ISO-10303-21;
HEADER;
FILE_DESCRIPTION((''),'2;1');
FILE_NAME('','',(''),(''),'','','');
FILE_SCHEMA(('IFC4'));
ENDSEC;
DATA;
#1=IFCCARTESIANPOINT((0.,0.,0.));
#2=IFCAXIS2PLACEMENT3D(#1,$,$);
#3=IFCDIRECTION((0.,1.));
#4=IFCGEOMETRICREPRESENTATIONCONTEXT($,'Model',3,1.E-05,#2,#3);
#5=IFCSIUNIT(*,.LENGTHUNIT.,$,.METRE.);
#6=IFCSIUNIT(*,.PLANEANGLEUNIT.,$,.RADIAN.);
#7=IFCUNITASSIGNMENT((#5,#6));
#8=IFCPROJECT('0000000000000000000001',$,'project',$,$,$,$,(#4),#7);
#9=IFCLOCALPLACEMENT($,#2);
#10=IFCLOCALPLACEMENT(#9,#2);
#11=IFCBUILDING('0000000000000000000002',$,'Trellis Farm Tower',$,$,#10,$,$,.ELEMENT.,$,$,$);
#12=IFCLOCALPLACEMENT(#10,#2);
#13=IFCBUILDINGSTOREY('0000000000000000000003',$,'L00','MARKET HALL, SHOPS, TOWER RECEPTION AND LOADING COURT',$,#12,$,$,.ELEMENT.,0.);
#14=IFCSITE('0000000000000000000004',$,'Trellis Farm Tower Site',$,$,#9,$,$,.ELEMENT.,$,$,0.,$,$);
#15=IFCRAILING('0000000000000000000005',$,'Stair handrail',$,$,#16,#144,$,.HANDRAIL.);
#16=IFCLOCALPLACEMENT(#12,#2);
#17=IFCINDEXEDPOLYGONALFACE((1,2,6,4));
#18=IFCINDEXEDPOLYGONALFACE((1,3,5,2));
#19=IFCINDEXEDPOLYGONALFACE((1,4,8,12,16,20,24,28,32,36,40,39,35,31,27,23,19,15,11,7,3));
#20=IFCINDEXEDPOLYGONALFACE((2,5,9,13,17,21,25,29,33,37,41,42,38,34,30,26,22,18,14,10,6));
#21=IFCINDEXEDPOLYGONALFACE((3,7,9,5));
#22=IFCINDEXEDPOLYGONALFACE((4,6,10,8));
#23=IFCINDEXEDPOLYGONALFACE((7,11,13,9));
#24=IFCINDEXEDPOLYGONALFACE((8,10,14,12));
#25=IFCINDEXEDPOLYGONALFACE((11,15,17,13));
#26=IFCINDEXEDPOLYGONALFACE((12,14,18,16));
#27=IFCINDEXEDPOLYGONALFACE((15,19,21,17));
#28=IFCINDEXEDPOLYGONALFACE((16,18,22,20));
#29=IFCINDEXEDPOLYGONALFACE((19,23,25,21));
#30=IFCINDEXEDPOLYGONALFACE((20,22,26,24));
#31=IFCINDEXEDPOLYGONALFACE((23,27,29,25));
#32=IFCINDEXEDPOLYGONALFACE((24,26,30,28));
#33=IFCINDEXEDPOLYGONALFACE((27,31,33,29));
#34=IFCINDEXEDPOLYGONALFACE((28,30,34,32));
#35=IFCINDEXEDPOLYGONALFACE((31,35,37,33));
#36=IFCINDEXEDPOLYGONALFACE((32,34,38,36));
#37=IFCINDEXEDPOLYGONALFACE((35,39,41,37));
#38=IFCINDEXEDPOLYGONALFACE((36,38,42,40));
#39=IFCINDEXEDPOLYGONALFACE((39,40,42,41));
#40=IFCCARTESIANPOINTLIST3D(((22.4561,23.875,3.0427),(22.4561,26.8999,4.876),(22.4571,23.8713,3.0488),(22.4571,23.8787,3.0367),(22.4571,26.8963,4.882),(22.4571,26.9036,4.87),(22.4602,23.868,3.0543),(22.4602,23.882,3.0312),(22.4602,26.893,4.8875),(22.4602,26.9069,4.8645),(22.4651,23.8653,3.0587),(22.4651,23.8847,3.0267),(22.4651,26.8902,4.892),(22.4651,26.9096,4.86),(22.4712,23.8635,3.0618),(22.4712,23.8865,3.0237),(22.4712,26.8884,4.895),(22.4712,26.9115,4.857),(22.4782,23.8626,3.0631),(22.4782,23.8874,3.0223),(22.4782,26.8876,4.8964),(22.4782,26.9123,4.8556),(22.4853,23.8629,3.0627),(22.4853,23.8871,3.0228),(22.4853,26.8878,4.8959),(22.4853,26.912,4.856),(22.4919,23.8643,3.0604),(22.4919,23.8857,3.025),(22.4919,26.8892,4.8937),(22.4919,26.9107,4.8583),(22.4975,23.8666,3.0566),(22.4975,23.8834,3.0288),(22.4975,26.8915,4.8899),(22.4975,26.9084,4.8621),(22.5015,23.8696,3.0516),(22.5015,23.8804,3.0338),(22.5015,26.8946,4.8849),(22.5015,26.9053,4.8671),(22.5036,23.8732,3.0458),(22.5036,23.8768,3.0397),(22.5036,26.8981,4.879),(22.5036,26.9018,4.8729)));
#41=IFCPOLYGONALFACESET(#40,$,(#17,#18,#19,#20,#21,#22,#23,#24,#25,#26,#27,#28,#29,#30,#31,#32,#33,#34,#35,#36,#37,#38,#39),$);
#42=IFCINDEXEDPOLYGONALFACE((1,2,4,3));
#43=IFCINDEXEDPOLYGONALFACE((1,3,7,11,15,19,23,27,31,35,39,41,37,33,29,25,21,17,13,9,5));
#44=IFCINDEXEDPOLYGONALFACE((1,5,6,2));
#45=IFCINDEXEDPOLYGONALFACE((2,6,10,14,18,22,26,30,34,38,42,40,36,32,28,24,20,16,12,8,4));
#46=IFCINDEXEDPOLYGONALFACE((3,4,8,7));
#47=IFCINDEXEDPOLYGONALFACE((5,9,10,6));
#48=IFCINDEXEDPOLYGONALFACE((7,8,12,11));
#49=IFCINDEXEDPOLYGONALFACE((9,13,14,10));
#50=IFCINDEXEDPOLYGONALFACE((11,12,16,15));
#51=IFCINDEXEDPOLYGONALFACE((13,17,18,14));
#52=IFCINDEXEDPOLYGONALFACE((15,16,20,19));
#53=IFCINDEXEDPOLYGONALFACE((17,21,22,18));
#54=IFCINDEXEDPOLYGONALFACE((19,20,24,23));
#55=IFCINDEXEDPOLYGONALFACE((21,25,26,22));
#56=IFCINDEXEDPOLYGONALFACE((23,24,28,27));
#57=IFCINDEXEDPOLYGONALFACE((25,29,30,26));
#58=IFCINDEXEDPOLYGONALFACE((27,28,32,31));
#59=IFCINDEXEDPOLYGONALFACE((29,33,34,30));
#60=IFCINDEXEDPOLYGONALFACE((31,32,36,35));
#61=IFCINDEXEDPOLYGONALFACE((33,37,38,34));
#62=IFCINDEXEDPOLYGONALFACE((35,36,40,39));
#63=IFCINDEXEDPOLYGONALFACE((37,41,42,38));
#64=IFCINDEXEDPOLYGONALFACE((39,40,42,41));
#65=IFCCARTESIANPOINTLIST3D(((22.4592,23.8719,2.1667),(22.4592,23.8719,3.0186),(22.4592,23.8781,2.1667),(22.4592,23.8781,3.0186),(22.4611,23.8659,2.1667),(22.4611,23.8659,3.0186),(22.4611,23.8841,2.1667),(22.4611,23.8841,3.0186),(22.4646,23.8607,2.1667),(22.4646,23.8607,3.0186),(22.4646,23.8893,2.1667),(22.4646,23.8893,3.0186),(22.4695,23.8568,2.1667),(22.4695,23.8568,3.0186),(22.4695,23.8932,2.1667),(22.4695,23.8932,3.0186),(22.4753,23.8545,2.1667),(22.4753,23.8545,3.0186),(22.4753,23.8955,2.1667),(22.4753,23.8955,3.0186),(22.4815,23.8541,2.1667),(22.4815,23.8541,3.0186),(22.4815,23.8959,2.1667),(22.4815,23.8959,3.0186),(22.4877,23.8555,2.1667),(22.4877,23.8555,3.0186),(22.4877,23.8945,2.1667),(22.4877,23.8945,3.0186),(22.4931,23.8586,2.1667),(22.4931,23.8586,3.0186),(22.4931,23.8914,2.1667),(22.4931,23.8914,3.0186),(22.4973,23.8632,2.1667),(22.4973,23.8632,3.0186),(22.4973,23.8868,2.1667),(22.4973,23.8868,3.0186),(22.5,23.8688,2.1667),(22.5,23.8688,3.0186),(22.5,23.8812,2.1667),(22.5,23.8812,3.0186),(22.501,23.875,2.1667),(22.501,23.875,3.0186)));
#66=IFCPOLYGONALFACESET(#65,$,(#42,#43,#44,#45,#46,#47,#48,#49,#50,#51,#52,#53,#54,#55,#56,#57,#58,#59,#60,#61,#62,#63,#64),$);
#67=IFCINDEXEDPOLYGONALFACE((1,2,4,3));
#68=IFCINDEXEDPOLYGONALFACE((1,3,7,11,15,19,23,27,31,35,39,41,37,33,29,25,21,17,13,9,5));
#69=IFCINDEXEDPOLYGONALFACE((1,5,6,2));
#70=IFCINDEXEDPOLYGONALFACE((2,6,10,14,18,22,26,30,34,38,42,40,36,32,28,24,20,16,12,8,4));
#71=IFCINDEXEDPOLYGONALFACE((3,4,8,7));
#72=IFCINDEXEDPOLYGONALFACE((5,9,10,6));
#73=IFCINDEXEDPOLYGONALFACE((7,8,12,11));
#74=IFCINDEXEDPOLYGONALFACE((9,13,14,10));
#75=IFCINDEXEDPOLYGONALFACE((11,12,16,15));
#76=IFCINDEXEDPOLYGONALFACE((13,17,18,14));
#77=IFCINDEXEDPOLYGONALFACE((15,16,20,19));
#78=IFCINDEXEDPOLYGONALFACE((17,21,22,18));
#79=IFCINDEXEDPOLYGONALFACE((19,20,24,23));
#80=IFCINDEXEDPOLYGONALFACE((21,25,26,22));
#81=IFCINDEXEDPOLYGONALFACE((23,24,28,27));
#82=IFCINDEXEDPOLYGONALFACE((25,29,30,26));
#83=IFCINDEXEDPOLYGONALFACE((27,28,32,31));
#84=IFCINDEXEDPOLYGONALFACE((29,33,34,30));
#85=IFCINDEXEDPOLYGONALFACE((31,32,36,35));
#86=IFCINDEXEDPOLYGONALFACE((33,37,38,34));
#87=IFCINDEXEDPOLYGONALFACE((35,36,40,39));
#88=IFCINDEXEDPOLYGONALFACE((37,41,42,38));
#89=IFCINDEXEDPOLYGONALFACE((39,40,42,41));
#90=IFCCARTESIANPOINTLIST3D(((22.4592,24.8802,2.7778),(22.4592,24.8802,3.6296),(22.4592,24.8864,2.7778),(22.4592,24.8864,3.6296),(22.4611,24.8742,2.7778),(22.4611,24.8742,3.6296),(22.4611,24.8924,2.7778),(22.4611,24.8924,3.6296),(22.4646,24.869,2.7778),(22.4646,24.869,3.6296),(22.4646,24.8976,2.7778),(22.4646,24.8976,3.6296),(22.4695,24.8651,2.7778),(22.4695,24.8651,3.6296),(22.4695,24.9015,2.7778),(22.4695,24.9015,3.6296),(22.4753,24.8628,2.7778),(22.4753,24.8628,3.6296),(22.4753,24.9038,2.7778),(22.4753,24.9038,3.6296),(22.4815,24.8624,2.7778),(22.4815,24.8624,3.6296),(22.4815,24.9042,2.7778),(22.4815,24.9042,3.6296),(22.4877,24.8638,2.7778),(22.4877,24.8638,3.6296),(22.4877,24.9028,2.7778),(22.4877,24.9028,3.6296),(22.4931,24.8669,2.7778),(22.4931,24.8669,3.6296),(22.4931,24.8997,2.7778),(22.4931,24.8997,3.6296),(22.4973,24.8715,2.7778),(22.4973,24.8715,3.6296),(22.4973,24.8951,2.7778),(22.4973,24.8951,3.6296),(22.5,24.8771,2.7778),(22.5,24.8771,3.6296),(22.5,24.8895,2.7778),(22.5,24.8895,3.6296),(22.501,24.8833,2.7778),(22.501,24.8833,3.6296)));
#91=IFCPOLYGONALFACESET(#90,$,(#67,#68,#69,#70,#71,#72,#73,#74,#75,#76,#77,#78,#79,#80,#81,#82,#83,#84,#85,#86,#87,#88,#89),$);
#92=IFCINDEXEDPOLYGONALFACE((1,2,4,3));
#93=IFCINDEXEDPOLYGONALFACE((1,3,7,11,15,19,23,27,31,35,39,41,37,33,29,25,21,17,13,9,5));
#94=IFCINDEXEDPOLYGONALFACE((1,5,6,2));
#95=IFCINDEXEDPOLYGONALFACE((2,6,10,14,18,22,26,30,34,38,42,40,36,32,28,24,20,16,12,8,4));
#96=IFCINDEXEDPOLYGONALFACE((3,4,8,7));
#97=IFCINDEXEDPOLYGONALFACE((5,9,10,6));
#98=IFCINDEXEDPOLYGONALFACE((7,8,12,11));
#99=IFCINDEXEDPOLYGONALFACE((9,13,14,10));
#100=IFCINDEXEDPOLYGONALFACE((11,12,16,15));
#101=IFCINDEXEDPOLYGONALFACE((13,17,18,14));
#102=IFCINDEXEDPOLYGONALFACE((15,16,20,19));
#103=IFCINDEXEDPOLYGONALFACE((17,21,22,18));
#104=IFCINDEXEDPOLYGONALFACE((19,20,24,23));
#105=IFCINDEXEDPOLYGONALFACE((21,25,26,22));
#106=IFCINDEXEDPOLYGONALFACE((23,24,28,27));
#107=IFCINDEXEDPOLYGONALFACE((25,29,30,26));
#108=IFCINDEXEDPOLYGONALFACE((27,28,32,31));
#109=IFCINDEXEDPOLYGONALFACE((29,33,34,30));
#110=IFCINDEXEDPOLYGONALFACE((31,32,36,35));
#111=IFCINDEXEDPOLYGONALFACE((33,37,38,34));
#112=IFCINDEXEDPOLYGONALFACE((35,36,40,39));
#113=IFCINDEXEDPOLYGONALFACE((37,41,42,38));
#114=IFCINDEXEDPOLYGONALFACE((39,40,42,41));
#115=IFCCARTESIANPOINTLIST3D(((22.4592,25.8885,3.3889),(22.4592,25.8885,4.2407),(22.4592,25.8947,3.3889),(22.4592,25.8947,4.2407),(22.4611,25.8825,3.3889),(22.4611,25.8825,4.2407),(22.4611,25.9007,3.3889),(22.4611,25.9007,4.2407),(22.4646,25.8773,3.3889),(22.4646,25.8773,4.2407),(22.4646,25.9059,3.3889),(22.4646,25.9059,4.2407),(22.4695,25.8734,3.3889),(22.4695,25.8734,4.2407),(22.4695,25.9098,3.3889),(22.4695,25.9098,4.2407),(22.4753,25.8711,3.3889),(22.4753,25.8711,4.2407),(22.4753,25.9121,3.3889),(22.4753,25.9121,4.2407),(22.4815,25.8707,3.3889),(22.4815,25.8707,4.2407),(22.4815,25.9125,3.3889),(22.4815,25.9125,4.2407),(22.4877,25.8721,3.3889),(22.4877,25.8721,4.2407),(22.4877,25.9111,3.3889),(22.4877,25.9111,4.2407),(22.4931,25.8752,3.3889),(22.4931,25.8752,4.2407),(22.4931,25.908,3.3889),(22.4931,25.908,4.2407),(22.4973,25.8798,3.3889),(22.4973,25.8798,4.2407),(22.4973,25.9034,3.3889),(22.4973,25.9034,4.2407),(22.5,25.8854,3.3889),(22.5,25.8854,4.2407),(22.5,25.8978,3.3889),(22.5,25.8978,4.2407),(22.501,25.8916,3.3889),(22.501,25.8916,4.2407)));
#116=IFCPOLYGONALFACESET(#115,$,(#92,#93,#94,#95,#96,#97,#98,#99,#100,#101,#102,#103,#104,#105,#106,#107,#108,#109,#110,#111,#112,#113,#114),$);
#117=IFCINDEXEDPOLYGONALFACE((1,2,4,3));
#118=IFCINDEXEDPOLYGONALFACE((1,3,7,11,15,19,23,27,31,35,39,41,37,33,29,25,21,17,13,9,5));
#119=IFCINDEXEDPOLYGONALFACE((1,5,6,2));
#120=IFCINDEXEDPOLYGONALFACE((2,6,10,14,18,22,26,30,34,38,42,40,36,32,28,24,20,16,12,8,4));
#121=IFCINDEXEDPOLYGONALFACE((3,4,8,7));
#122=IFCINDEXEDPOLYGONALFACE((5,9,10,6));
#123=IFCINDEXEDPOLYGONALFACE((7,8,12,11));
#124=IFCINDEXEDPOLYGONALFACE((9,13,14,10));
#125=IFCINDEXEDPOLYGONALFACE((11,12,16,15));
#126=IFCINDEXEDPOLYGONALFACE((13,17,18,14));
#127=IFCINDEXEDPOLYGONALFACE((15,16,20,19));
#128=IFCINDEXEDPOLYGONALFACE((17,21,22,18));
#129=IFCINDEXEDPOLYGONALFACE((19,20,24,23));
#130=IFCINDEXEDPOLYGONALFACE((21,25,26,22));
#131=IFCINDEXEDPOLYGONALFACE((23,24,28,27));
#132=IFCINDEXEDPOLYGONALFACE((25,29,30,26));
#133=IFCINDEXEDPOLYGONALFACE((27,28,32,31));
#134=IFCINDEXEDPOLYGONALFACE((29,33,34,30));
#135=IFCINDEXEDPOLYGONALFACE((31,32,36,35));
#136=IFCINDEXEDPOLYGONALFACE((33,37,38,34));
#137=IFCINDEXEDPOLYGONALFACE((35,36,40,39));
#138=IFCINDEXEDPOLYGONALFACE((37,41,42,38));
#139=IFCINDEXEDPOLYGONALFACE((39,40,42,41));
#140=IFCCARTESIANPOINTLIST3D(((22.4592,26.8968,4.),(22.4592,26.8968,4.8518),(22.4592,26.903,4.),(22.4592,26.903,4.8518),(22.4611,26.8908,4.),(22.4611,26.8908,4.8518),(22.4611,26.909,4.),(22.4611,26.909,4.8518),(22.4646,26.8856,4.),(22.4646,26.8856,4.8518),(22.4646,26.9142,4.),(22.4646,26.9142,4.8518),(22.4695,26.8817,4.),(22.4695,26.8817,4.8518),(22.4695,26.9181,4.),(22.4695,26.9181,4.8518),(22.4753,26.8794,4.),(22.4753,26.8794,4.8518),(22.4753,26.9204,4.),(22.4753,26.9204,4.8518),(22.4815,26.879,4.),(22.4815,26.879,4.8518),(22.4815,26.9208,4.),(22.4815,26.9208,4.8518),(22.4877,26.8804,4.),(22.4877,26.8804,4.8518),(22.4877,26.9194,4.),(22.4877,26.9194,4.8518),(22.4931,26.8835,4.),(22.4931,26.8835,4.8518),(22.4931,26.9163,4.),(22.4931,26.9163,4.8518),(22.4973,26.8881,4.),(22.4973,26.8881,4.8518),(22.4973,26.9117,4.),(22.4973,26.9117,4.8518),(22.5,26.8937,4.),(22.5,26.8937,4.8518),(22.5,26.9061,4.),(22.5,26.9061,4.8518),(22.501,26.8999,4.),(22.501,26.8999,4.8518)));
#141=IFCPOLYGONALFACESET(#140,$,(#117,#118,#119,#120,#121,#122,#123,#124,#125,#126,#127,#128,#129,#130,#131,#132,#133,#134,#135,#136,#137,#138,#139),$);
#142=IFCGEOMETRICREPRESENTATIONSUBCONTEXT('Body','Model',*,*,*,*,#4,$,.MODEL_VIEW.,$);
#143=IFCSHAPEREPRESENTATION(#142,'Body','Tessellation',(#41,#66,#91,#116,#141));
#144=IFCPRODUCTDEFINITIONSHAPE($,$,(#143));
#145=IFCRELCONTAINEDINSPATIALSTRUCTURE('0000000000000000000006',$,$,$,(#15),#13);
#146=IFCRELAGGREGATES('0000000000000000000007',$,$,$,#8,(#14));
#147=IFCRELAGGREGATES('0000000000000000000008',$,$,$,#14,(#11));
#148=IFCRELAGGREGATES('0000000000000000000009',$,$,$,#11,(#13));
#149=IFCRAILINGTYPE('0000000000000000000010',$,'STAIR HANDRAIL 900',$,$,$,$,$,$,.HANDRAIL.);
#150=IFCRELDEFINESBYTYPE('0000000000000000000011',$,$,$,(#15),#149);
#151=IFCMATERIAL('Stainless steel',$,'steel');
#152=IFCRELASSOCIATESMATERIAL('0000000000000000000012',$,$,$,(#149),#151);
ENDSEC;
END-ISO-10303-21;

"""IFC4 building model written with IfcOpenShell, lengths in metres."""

from ifc_helpers import new_model, si_unit, direction, frame, origin, origin_2d, place, context, subcontext, project, spatial, circle, extrude, source, transform, mapped, material, type_object, element, save


model = new_model("IFC4")

# Units and contexts
model_context = context("Model", 3, precision=1e-05, world=origin(), true_north=direction((0.0, 1.0)))
body_context = subcontext(model_context, "Body", "Model", "MODEL_VIEW")
ifc_project = project(units=[si_unit("LENGTHUNIT", "METRE"), si_unit("PLANEANGLEUNIT", "RADIAN")], contexts=[model_context])

# Site, building, storey
site_placement = place(None, origin())
site = spatial("IfcSite", under=ifc_project, at=site_placement, Name="Trellis Farm Tower Site", CompositionType="ELEMENT", RefElevation=0.0)
building_placement = place(site_placement, origin())
building = spatial("IfcBuilding", under=site, at=building_placement, Name="Trellis Farm Tower", CompositionType="ELEMENT")
storey_placement = place(building_placement, origin())
storey = spatial("IfcBuildingStorey", under=building, at=storey_placement, Name="L00", Description="MARKET HALL, SHOPS, TOWER RECEPTION AND LOADING COURT", CompositionType="ELEMENT", Elevation=0.0)

# Railing
ifc_material_1 = material(Name="Stainless steel", Category="steel")
railing_type = type_object("IfcRailingType", Name="STAIR HANDRAIL 900", PredefinedType="HANDRAIL", material=ifc_material_1)
shared_shape_1 = source(origin(), body_context, "Body", "SweptSolid", [
    extrude(circle(Radius=0.0239, at=origin_2d()), frame((0.0, 0.0, 0.876), z_axis=(0.0, 0.855201, 0.518297), x_axis=(-1.0, 0.0, 0.0)), (0.0, 0.0, 1.0), 3.5371),
    extrude(circle(Radius=0.021, at=origin_2d()), origin(), (0.0, 0.0, 1.0), 0.8518),
    extrude(circle(Radius=0.021, at=origin_2d()), frame((0.0, 1.0083, 0.6111)), (0.0, 0.0, 1.0), 0.8518),
    extrude(circle(Radius=0.021, at=origin_2d()), frame((0.0, 2.0166, 1.2222)), (0.0, 0.0, 1.0), 0.8518),
    extrude(circle(Radius=0.021, at=origin_2d()), frame((0.0, 3.0249, 1.8333)), (0.0, 0.0, 1.0), 0.8518),
])
for number, where, name in (
    (1, (22.48, 23.875, 2.1667), "Stair handrail"),
):
    element("IfcRailing", number, at=place(storey_placement, frame(where)), inside=storey, type_object=railing_type, Name=name, PredefinedType="HANDRAIL", context=body_context, shape_type="MappedRepresentation", body=[
        mapped(shared_shape_1, transform((0.0, 0.0, 0.0))),
    ])

save(model, "model.ifc")
